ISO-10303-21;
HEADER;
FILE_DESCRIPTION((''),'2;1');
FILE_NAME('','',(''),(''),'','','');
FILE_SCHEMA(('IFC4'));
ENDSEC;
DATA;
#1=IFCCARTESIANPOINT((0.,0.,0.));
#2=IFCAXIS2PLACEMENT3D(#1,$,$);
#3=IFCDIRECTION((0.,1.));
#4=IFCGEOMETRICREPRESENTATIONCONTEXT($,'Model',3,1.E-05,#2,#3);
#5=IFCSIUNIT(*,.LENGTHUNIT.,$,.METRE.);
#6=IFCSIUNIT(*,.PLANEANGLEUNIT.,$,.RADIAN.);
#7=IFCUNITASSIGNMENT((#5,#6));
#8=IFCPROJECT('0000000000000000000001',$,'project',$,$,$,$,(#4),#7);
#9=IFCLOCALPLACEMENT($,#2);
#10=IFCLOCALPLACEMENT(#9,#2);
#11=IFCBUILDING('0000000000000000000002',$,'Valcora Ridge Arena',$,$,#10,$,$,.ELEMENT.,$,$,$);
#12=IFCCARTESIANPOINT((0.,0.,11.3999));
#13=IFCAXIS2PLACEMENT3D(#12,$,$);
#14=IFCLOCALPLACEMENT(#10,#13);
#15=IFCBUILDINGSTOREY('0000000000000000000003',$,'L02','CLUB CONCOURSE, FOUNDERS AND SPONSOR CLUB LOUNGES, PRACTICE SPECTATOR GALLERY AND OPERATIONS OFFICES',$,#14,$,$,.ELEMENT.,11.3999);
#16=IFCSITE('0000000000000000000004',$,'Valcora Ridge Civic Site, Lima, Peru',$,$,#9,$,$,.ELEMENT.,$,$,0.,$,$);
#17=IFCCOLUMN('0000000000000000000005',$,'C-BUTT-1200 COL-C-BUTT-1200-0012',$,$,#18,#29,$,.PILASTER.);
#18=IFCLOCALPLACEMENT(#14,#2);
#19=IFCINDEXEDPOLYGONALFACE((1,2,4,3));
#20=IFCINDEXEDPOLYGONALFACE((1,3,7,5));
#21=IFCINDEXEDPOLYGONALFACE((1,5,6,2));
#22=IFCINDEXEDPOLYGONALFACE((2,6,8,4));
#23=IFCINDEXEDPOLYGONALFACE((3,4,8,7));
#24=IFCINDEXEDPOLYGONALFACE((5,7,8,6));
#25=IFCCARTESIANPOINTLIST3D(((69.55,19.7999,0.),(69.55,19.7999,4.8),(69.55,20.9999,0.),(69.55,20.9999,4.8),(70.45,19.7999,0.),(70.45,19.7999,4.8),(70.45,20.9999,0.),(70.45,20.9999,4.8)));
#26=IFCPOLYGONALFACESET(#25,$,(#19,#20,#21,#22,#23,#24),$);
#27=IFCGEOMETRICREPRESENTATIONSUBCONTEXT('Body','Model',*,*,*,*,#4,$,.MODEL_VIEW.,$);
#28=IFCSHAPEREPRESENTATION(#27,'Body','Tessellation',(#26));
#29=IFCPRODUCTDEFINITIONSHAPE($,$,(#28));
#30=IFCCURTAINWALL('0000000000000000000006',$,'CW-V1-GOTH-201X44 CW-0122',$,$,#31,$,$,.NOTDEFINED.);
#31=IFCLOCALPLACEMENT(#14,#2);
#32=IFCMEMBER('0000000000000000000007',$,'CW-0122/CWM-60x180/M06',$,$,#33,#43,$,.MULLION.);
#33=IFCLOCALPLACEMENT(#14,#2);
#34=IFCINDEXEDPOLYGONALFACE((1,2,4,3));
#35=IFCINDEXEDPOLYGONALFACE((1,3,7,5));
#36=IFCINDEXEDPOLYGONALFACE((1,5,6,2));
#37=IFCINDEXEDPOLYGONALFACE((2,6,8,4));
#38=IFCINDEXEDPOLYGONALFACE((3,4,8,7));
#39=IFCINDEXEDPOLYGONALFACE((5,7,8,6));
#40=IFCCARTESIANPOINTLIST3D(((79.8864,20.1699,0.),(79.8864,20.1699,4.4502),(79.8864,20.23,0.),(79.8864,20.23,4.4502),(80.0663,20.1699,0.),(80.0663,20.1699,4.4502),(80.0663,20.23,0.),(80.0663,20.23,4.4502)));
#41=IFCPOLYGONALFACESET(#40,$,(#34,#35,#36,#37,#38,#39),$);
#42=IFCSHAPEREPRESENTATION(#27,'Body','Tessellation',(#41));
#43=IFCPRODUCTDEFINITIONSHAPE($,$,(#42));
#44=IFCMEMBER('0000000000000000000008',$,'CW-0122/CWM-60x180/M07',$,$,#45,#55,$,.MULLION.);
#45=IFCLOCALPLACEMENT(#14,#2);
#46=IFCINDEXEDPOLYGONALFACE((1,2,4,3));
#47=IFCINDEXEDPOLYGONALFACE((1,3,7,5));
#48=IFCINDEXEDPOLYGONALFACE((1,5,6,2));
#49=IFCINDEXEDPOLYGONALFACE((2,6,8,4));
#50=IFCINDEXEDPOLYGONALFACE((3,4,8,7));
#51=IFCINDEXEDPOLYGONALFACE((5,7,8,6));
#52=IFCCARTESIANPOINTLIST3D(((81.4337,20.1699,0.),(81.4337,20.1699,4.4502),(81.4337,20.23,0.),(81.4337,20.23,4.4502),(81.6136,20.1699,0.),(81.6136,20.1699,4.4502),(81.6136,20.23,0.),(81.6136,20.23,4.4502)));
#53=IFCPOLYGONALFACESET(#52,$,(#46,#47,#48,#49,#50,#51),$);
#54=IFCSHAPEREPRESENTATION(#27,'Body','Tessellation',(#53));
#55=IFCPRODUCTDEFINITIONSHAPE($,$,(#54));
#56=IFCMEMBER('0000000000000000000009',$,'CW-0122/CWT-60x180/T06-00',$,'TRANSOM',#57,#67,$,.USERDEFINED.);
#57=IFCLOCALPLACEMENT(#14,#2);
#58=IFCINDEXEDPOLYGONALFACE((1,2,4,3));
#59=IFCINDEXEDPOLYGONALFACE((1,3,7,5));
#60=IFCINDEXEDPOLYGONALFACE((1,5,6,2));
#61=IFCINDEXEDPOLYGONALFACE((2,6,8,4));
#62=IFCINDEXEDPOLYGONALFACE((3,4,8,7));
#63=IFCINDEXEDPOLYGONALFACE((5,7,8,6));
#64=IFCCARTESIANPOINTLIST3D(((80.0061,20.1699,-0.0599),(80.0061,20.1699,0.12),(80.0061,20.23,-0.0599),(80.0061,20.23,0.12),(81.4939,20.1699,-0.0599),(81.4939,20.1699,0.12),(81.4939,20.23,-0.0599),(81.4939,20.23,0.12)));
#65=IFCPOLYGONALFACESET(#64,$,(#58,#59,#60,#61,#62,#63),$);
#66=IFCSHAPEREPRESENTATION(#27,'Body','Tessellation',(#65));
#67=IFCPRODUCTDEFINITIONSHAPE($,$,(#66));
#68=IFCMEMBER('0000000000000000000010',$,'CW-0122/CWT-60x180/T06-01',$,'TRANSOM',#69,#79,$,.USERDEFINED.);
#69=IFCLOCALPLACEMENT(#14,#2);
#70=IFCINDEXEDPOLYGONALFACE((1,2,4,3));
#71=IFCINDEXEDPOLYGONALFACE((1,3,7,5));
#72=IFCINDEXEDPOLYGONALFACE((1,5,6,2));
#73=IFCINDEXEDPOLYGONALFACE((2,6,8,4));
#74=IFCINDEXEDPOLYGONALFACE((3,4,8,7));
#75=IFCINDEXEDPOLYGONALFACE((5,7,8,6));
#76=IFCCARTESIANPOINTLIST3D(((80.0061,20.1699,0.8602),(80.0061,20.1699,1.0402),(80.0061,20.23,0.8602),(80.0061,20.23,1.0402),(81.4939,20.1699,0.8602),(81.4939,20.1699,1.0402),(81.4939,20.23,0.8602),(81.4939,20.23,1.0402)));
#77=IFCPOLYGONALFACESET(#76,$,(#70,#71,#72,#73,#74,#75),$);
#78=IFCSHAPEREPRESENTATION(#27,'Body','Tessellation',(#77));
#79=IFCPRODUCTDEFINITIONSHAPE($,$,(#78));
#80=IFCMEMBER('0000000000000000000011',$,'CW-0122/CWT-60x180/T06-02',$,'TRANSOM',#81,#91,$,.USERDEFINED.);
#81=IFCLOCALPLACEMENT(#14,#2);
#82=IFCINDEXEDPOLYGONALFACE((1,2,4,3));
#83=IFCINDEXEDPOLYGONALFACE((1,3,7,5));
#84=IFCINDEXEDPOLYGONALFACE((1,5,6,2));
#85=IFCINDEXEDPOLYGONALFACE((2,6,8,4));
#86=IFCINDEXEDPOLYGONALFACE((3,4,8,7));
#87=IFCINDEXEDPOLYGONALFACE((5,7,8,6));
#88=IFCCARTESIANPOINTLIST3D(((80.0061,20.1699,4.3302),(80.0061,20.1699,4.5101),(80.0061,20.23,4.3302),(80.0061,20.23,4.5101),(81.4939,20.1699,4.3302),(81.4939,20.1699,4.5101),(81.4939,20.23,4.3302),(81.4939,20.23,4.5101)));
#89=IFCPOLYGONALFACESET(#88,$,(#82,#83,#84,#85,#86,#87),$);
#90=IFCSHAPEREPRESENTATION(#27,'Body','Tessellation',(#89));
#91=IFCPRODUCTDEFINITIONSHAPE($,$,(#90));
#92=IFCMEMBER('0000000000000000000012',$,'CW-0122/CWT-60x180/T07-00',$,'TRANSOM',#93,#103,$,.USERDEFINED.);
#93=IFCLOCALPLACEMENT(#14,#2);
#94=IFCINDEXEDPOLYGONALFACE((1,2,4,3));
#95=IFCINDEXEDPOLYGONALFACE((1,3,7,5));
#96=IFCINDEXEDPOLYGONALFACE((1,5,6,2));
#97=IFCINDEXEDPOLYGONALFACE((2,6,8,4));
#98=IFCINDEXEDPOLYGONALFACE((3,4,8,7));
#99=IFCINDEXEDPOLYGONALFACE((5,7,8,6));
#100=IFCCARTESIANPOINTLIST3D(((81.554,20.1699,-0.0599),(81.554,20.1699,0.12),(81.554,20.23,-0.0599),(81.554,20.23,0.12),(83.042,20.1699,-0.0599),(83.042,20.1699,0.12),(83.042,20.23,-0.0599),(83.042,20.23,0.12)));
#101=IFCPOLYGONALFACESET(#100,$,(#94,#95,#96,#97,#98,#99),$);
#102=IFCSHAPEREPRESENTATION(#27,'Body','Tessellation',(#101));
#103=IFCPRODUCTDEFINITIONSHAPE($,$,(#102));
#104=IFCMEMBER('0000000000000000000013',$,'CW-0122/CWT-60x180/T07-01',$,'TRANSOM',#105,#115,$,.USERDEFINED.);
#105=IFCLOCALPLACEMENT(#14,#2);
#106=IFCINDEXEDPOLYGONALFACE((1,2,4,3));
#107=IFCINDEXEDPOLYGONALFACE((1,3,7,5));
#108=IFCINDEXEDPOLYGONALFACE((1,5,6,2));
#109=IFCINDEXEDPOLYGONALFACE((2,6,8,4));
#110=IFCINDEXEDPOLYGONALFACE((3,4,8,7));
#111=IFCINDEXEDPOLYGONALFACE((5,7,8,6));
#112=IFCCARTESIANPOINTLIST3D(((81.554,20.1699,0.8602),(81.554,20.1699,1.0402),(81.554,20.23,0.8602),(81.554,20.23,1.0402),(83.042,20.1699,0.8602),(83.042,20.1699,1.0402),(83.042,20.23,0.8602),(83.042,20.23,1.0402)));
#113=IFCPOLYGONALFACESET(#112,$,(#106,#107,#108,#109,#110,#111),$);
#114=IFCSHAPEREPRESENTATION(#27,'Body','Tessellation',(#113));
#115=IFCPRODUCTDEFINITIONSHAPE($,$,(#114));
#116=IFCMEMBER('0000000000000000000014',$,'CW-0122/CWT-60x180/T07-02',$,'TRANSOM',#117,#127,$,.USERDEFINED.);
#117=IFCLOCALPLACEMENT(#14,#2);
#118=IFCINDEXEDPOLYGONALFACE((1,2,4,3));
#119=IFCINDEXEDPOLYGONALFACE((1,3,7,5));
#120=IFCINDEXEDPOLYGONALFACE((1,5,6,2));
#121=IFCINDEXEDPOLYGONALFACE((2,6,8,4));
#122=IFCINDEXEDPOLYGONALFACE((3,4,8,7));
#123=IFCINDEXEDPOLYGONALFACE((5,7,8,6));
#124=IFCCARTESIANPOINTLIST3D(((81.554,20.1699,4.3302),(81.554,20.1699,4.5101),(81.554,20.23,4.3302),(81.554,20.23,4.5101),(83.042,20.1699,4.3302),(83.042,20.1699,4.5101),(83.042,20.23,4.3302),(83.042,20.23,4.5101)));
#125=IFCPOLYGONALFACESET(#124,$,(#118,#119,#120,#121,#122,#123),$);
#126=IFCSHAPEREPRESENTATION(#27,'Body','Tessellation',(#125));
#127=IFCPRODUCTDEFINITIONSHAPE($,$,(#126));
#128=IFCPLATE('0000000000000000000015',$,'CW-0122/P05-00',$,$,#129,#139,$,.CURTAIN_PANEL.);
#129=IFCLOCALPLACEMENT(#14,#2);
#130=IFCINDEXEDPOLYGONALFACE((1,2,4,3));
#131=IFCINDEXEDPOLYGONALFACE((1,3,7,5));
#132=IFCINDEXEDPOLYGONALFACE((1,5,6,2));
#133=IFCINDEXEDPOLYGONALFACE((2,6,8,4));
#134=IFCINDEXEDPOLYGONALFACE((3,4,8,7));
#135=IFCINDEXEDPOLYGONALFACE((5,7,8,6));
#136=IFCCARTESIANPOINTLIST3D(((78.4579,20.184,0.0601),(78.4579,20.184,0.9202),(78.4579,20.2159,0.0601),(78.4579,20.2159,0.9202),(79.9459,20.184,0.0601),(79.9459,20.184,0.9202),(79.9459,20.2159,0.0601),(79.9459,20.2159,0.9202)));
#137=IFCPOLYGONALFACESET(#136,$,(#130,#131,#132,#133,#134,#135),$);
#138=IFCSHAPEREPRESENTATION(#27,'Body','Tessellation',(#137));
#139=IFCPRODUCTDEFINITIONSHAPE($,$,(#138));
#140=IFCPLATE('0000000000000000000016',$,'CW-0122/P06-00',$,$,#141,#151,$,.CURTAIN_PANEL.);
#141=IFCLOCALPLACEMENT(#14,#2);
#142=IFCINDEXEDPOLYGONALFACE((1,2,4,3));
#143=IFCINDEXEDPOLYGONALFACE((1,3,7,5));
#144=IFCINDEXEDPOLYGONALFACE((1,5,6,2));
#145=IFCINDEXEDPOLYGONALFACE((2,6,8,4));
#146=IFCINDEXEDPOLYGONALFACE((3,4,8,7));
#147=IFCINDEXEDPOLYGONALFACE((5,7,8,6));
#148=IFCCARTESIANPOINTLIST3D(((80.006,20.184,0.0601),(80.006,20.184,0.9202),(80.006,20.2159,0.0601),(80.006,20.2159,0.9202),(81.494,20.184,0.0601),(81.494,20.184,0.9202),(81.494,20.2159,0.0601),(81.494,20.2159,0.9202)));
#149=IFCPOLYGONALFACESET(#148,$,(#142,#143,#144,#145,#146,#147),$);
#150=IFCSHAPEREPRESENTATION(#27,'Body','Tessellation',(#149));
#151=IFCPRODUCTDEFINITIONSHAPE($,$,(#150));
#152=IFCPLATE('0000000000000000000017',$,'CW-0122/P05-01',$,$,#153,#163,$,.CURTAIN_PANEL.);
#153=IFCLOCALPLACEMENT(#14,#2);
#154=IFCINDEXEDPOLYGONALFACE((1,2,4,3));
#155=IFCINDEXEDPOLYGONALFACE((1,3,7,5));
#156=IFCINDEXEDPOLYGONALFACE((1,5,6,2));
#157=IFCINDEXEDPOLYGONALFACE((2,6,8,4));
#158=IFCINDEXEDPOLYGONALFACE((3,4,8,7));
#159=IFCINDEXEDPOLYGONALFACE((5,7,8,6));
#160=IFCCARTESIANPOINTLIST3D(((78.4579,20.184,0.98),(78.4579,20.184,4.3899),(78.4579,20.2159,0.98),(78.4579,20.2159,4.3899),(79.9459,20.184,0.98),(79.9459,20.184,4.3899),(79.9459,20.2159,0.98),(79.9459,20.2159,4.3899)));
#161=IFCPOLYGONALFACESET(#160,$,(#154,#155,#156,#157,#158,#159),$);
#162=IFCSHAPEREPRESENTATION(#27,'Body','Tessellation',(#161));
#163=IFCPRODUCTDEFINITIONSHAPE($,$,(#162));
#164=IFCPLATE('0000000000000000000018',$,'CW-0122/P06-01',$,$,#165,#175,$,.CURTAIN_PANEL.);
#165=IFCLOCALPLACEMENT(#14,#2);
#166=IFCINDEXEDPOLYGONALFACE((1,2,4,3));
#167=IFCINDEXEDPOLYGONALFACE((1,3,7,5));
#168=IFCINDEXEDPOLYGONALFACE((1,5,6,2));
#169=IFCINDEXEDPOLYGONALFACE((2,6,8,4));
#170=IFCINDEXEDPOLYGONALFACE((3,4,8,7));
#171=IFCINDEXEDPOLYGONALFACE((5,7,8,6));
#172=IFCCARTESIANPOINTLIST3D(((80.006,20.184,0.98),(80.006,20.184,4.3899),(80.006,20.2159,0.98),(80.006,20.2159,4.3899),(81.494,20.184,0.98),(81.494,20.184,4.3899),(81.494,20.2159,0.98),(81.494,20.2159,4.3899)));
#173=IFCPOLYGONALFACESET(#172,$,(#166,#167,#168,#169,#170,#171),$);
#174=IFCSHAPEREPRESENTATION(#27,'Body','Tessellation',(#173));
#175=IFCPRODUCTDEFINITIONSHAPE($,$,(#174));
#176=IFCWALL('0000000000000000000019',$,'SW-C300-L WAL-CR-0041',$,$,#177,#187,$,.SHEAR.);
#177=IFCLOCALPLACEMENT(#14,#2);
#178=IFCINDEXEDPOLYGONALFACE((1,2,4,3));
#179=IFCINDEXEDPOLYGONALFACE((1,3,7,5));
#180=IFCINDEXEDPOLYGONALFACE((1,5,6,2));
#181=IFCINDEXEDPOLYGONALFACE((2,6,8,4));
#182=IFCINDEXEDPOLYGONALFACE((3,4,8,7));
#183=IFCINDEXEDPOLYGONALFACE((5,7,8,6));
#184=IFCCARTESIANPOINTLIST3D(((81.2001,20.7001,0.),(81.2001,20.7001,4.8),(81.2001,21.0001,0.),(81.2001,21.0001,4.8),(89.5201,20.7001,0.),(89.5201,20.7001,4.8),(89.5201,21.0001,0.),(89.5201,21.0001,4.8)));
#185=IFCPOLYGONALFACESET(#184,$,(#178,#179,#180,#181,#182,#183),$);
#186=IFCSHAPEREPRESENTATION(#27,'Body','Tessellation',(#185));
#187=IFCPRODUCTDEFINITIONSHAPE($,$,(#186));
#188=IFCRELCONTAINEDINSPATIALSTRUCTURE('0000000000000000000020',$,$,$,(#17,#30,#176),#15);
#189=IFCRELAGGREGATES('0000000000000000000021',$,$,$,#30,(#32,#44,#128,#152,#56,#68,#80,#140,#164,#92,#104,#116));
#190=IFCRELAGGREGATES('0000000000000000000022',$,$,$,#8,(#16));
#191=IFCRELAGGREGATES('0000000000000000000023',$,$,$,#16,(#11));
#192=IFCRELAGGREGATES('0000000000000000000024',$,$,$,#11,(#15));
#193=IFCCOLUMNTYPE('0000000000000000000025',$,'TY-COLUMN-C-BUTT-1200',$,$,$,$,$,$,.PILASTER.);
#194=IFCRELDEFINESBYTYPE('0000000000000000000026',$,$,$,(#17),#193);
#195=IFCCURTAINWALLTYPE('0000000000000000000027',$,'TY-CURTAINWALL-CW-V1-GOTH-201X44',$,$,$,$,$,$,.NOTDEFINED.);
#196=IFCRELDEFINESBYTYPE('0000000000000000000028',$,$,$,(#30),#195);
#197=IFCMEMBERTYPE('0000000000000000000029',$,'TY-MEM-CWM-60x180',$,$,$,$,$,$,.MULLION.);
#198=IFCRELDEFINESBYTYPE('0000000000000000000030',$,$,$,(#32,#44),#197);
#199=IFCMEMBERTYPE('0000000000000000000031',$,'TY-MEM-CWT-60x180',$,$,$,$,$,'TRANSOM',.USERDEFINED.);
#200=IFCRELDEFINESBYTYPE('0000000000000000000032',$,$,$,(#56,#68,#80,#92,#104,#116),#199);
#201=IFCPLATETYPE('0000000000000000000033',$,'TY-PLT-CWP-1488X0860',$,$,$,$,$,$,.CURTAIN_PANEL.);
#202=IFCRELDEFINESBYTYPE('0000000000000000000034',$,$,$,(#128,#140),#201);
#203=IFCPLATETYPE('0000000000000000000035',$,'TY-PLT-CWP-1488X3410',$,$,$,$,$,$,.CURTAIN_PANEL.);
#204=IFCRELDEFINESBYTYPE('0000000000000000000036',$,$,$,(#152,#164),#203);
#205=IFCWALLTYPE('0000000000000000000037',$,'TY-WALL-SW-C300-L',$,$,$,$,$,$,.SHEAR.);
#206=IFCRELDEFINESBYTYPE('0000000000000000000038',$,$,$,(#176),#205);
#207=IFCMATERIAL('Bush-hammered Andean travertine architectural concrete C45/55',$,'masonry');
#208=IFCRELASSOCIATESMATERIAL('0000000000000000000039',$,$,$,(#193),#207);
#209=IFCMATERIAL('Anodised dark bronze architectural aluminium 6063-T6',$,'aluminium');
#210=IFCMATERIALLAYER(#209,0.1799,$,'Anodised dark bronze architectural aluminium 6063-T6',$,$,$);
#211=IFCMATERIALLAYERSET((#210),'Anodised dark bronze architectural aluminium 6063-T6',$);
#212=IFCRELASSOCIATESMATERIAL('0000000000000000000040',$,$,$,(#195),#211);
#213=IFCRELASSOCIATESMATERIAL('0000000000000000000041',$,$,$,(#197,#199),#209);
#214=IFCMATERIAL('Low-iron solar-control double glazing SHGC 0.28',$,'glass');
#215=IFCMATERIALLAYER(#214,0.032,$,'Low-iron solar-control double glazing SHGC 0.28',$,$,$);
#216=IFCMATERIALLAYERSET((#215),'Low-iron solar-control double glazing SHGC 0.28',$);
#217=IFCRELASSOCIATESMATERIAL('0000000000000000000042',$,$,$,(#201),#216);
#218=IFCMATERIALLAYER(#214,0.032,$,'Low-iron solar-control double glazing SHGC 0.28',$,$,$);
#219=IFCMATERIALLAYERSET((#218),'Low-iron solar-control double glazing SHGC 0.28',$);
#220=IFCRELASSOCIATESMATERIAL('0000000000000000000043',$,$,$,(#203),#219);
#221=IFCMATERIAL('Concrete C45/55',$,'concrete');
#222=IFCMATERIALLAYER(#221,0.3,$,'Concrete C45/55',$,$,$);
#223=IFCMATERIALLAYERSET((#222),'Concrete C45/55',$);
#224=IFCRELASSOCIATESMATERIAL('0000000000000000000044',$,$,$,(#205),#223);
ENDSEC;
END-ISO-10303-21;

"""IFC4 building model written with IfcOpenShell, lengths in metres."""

from ifc_helpers import new_model, si_unit, direction, frame, frame_2d, origin, origin_2d, place, context, subcontext, project, spatial, rectangle, extrude, material, layer, layer_set, material_profile, profile_set, type_object, element, aggregate, save


model = new_model("IFC4")

# Units and contexts
model_context = context("Model", 3, precision=1e-05, world=origin(), true_north=direction((0.0, 1.0)))
body_context = subcontext(model_context, "Body", "Model", "MODEL_VIEW")
ifc_project = project(units=[si_unit("LENGTHUNIT", "METRE"), si_unit("PLANEANGLEUNIT", "RADIAN")], contexts=[model_context])

# Site, building, storey
site_placement = place(None, origin())
site = spatial("IfcSite", under=ifc_project, at=site_placement, Name="Valcora Ridge Civic Site, Lima, Peru", CompositionType="ELEMENT", RefElevation=0.0)
building_placement = place(site_placement, origin())
building = spatial("IfcBuilding", under=site, at=building_placement, Name="Valcora Ridge Arena", CompositionType="ELEMENT")
storey_placement = place(building_placement, frame((0.0, 0.0, 11.3999)))
storey = spatial("IfcBuildingStorey", under=building, at=storey_placement, Name="L02", Description="CLUB CONCOURSE, FOUNDERS AND SPONSOR CLUB LOUNGES, PRACTICE SPECTATOR GALLERY AND OPERATIONS OFFICES", CompositionType="ELEMENT", Elevation=11.3999)

# Column
ifc_material_1 = material(Name="Bush-hammered Andean travertine architectural concrete C45/55", Category="masonry")
ifc_material_profile_1 = material_profile(ifc_material_1, rectangle(XDim=0.8999, YDim=1.2, at=origin_2d()), Name="RC 900x1200")
ifc_profile_set_1 = profile_set([ifc_material_profile_1], Name="Bush-hammered Andean travertine architectural concrete C45/55")
column_type = type_object("IfcColumnType", Name="TY-COLUMN-C-BUTT-1200", PredefinedType="PILASTER", material=ifc_profile_set_1)
column_placement = place(storey_placement, frame((70.0, 20.3999, 0.0), z_axis=(0.0, 0.0, 1.0), x_axis=(1.0, 0.0, 0.0)))
element("IfcColumn", 1, at=column_placement, inside=storey, type_object=column_type, Name="C-BUTT-1200 COL-C-BUTT-1200-0012", PredefinedType="PILASTER", context=body_context, shape_type="SweptSolid", body=[
    extrude(rectangle(XDim=0.8999, YDim=1.2, at=origin_2d()), origin(), (0.0, 0.0, 1.0), 4.8),
])

# Curtain wall, members, plates
ifc_material_2 = material(Name="Anodised dark bronze architectural aluminium 6063-T6", Category="aluminium")
ifc_layer_1 = layer(ifc_material_2, 0.1799, Name="Anodised dark bronze architectural aluminium 6063-T6")
ifc_layer_set_1 = layer_set([ifc_layer_1], Name="Anodised dark bronze architectural aluminium 6063-T6")
curtain_wall_type = type_object("IfcCurtainWallType", Name="TY-CURTAINWALL-CW-V1-GOTH-201X44", PredefinedType="NOTDEFINED", material=ifc_layer_set_1)
curtain_wall_placement = place(storey_placement, origin())
curtain_wall = element("IfcCurtainWall", 2, at=curtain_wall_placement, inside=storey, type_object=curtain_wall_type, Name="CW-V1-GOTH-201X44 CW-0122", PredefinedType="NOTDEFINED")
ifc_material_profile_2 = material_profile(ifc_material_2, rectangle(XDim=0.0601, YDim=0.1799, at=origin_2d()), Name="ALU MULLION 60x180")
ifc_profile_set_2 = profile_set([ifc_material_profile_2], Name="Anodised dark bronze architectural aluminium 6063-T6")
member_type_1 = type_object("IfcMemberType", Name="TY-MEM-CWM-60x180", PredefinedType="MULLION", material=ifc_profile_set_2)
member_1_placement = place(storey_placement, frame((79.9763, 20.2, 0.0), z_axis=(0.0, 0.0, 1.0), x_axis=(0.0, 1.0, 0.0)))
member_1 = element("IfcMember", 3, at=member_1_placement, type_object=member_type_1, Name="CW-0122/CWM-60x180/M06", PredefinedType="MULLION", context=body_context, shape_type="SweptSolid", body=[
    extrude(rectangle(XDim=0.0601, YDim=0.1799, at=origin_2d()), origin(), (0.0, 0.0, 1.0), 4.4502),
])
member_2_placement = place(storey_placement, frame((81.5237, 20.2, 0.0), z_axis=(0.0, 0.0, 1.0), x_axis=(0.0, 1.0, 0.0)))
member_2 = element("IfcMember", 4, at=member_2_placement, type_object=member_type_1, Name="CW-0122/CWM-60x180/M07", PredefinedType="MULLION", context=body_context, shape_type="SweptSolid", body=[
    extrude(rectangle(XDim=0.0601, YDim=0.1799, at=origin_2d()), origin(), (0.0, 0.0, 1.0), 4.4502),
])
ifc_material_profile_3 = material_profile(ifc_material_2, rectangle(XDim=0.0601, YDim=0.1799, at=origin_2d()), Name="ALU TRANSOM 60x180")
ifc_profile_set_3 = profile_set([ifc_material_profile_3], Name="Anodised dark bronze architectural aluminium 6063-T6")
member_type_2 = type_object("IfcMemberType", Name="TY-MEM-CWT-60x180", ElementType="TRANSOM", PredefinedType="USERDEFINED", material=ifc_profile_set_3)
member_3_placement = place(storey_placement, frame((80.0061, 20.2, 0.03), z_axis=(1.0, 0.0, 0.0), x_axis=(0.0, 1.0, 0.0)))
member_3 = element("IfcMember", 5, at=member_3_placement, type_object=member_type_2, Name="CW-0122/CWT-60x180/T06-00", ObjectType="TRANSOM", PredefinedType="USERDEFINED", context=body_context, shape_type="SweptSolid", body=[
    extrude(rectangle(XDim=0.0601, YDim=0.1799, at=origin_2d()), origin(), (0.0, 0.0, 1.0), 1.4878),
])
member_4_placement = place(storey_placement, frame((80.0061, 20.2, 0.9502), z_axis=(1.0, 0.0, 0.0), x_axis=(0.0, 1.0, 0.0)))
member_4 = element("IfcMember", 6, at=member_4_placement, type_object=member_type_2, Name="CW-0122/CWT-60x180/T06-01", ObjectType="TRANSOM", PredefinedType="USERDEFINED", context=body_context, shape_type="SweptSolid", body=[
    extrude(rectangle(XDim=0.0601, YDim=0.1799, at=origin_2d()), origin(), (0.0, 0.0, 1.0), 1.4878),
])
member_5_placement = place(storey_placement, frame((80.0061, 20.2, 4.4202), z_axis=(1.0, 0.0, 0.0), x_axis=(0.0, 1.0, 0.0)))
member_5 = element("IfcMember", 7, at=member_5_placement, type_object=member_type_2, Name="CW-0122/CWT-60x180/T06-02", ObjectType="TRANSOM", PredefinedType="USERDEFINED", context=body_context, shape_type="SweptSolid", body=[
    extrude(rectangle(XDim=0.0601, YDim=0.1799, at=origin_2d()), origin(), (0.0, 0.0, 1.0), 1.4878),
])
member_6_placement = place(storey_placement, frame((81.554, 20.2, 0.03), z_axis=(1.0, 0.0, 0.0), x_axis=(0.0, 1.0, 0.0)))
member_6 = element("IfcMember", 8, at=member_6_placement, type_object=member_type_2, Name="CW-0122/CWT-60x180/T07-00", ObjectType="TRANSOM", PredefinedType="USERDEFINED", context=body_context, shape_type="SweptSolid", body=[
    extrude(rectangle(XDim=0.0601, YDim=0.1799, at=origin_2d()), origin(), (0.0, 0.0, 1.0), 1.488),
])
member_7_placement = place(storey_placement, frame((81.554, 20.2, 0.9502), z_axis=(1.0, 0.0, 0.0), x_axis=(0.0, 1.0, 0.0)))
member_7 = element("IfcMember", 9, at=member_7_placement, type_object=member_type_2, Name="CW-0122/CWT-60x180/T07-01", ObjectType="TRANSOM", PredefinedType="USERDEFINED", context=body_context, shape_type="SweptSolid", body=[
    extrude(rectangle(XDim=0.0601, YDim=0.1799, at=origin_2d()), origin(), (0.0, 0.0, 1.0), 1.488),
])
member_8_placement = place(storey_placement, frame((81.554, 20.2, 4.4202), z_axis=(1.0, 0.0, 0.0), x_axis=(0.0, 1.0, 0.0)))
member_8 = element("IfcMember", 10, at=member_8_placement, type_object=member_type_2, Name="CW-0122/CWT-60x180/T07-02", ObjectType="TRANSOM", PredefinedType="USERDEFINED", context=body_context, shape_type="SweptSolid", body=[
    extrude(rectangle(XDim=0.0601, YDim=0.1799, at=origin_2d()), origin(), (0.0, 0.0, 1.0), 1.488),
])
ifc_material_3 = material(Name="Low-iron solar-control double glazing SHGC 0.28", Category="glass")
ifc_layer_2 = layer(ifc_material_3, 0.032, Name="Low-iron solar-control double glazing SHGC 0.28")
ifc_layer_set_2 = layer_set([ifc_layer_2], Name="Low-iron solar-control double glazing SHGC 0.28")
plate_type_1 = type_object("IfcPlateType", Name="TY-PLT-CWP-1488X0860", PredefinedType="CURTAIN_PANEL", material=ifc_layer_set_2)
plate_1_placement = place(storey_placement, frame((79.2019, 20.2, 0.0601), z_axis=(0.0, 0.0, 1.0), x_axis=(1.0, 0.0, 0.0)))
plate_1 = element("IfcPlate", 11, at=plate_1_placement, type_object=plate_type_1, Name="CW-0122/P05-00", PredefinedType="CURTAIN_PANEL", context=body_context, shape_type="SweptSolid", body=[
    extrude(rectangle(XDim=1.488, YDim=0.032, at=origin_2d()), origin(), (0.0, 0.0, 1.0), 0.8601),
])
plate_2_placement = place(storey_placement, frame((80.75, 20.2, 0.0601), z_axis=(0.0, 0.0, 1.0), x_axis=(1.0, 0.0, 0.0)))
plate_2 = element("IfcPlate", 12, at=plate_2_placement, type_object=plate_type_1, Name="CW-0122/P06-00", PredefinedType="CURTAIN_PANEL", context=body_context, shape_type="SweptSolid", body=[
    extrude(rectangle(XDim=1.488, YDim=0.032, at=origin_2d()), origin(), (0.0, 0.0, 1.0), 0.8601),
])
ifc_layer_3 = layer(ifc_material_3, 0.032, Name="Low-iron solar-control double glazing SHGC 0.28")
ifc_layer_set_3 = layer_set([ifc_layer_3], Name="Low-iron solar-control double glazing SHGC 0.28")
plate_type_2 = type_object("IfcPlateType", Name="TY-PLT-CWP-1488X3410", PredefinedType="CURTAIN_PANEL", material=ifc_layer_set_3)
plate_3_placement = place(storey_placement, frame((79.2019, 20.2, 0.98), z_axis=(0.0, 0.0, 1.0), x_axis=(1.0, 0.0, 0.0)))
plate_3 = element("IfcPlate", 13, at=plate_3_placement, type_object=plate_type_2, Name="CW-0122/P05-01", PredefinedType="CURTAIN_PANEL", context=body_context, shape_type="SweptSolid", body=[
    extrude(rectangle(XDim=1.488, YDim=0.032, at=origin_2d()), origin(), (0.0, 0.0, 1.0), 3.4099),
])
plate_4_placement = place(storey_placement, frame((80.75, 20.2, 0.98), z_axis=(0.0, 0.0, 1.0), x_axis=(1.0, 0.0, 0.0)))
plate_4 = element("IfcPlate", 14, at=plate_4_placement, type_object=plate_type_2, Name="CW-0122/P06-01", PredefinedType="CURTAIN_PANEL", context=body_context, shape_type="SweptSolid", body=[
    extrude(rectangle(XDim=1.488, YDim=0.032, at=origin_2d()), origin(), (0.0, 0.0, 1.0), 3.4099),
])
aggregate(curtain_wall, [member_1, member_2, plate_1, plate_3, member_3, member_4, member_5, plate_2, plate_4, member_6, member_7, member_8])

# Wall
ifc_material_4 = material(Name="Concrete C45/55", Category="concrete")
ifc_layer_4 = layer(ifc_material_4, 0.3, Name="Concrete C45/55")
ifc_layer_set_4 = layer_set([ifc_layer_4], Name="Concrete C45/55")
wall_type_1 = type_object("IfcWallType", Name="TY-WALL-SW-C300-L", PredefinedType="SHEAR", material=ifc_layer_set_4)
wall_1_placement = place(storey_placement, frame((81.2, 20.8501, 0.0), z_axis=(0.0, 0.0, 1.0), x_axis=(1.0, 0.0, 0.0)))
element("IfcWall", 15, at=wall_1_placement, inside=storey, type_object=wall_type_1, Name="SW-C300-L WAL-CR-0041", PredefinedType="SHEAR", context=body_context, shape_type="SweptSolid", body=[
    extrude(rectangle(XDim=8.3201, YDim=0.3, at=frame_2d((4.1602, 0.0))), origin(), (0.0, 0.0, 1.0), 4.8),
])

save(model, "model.ifc")
